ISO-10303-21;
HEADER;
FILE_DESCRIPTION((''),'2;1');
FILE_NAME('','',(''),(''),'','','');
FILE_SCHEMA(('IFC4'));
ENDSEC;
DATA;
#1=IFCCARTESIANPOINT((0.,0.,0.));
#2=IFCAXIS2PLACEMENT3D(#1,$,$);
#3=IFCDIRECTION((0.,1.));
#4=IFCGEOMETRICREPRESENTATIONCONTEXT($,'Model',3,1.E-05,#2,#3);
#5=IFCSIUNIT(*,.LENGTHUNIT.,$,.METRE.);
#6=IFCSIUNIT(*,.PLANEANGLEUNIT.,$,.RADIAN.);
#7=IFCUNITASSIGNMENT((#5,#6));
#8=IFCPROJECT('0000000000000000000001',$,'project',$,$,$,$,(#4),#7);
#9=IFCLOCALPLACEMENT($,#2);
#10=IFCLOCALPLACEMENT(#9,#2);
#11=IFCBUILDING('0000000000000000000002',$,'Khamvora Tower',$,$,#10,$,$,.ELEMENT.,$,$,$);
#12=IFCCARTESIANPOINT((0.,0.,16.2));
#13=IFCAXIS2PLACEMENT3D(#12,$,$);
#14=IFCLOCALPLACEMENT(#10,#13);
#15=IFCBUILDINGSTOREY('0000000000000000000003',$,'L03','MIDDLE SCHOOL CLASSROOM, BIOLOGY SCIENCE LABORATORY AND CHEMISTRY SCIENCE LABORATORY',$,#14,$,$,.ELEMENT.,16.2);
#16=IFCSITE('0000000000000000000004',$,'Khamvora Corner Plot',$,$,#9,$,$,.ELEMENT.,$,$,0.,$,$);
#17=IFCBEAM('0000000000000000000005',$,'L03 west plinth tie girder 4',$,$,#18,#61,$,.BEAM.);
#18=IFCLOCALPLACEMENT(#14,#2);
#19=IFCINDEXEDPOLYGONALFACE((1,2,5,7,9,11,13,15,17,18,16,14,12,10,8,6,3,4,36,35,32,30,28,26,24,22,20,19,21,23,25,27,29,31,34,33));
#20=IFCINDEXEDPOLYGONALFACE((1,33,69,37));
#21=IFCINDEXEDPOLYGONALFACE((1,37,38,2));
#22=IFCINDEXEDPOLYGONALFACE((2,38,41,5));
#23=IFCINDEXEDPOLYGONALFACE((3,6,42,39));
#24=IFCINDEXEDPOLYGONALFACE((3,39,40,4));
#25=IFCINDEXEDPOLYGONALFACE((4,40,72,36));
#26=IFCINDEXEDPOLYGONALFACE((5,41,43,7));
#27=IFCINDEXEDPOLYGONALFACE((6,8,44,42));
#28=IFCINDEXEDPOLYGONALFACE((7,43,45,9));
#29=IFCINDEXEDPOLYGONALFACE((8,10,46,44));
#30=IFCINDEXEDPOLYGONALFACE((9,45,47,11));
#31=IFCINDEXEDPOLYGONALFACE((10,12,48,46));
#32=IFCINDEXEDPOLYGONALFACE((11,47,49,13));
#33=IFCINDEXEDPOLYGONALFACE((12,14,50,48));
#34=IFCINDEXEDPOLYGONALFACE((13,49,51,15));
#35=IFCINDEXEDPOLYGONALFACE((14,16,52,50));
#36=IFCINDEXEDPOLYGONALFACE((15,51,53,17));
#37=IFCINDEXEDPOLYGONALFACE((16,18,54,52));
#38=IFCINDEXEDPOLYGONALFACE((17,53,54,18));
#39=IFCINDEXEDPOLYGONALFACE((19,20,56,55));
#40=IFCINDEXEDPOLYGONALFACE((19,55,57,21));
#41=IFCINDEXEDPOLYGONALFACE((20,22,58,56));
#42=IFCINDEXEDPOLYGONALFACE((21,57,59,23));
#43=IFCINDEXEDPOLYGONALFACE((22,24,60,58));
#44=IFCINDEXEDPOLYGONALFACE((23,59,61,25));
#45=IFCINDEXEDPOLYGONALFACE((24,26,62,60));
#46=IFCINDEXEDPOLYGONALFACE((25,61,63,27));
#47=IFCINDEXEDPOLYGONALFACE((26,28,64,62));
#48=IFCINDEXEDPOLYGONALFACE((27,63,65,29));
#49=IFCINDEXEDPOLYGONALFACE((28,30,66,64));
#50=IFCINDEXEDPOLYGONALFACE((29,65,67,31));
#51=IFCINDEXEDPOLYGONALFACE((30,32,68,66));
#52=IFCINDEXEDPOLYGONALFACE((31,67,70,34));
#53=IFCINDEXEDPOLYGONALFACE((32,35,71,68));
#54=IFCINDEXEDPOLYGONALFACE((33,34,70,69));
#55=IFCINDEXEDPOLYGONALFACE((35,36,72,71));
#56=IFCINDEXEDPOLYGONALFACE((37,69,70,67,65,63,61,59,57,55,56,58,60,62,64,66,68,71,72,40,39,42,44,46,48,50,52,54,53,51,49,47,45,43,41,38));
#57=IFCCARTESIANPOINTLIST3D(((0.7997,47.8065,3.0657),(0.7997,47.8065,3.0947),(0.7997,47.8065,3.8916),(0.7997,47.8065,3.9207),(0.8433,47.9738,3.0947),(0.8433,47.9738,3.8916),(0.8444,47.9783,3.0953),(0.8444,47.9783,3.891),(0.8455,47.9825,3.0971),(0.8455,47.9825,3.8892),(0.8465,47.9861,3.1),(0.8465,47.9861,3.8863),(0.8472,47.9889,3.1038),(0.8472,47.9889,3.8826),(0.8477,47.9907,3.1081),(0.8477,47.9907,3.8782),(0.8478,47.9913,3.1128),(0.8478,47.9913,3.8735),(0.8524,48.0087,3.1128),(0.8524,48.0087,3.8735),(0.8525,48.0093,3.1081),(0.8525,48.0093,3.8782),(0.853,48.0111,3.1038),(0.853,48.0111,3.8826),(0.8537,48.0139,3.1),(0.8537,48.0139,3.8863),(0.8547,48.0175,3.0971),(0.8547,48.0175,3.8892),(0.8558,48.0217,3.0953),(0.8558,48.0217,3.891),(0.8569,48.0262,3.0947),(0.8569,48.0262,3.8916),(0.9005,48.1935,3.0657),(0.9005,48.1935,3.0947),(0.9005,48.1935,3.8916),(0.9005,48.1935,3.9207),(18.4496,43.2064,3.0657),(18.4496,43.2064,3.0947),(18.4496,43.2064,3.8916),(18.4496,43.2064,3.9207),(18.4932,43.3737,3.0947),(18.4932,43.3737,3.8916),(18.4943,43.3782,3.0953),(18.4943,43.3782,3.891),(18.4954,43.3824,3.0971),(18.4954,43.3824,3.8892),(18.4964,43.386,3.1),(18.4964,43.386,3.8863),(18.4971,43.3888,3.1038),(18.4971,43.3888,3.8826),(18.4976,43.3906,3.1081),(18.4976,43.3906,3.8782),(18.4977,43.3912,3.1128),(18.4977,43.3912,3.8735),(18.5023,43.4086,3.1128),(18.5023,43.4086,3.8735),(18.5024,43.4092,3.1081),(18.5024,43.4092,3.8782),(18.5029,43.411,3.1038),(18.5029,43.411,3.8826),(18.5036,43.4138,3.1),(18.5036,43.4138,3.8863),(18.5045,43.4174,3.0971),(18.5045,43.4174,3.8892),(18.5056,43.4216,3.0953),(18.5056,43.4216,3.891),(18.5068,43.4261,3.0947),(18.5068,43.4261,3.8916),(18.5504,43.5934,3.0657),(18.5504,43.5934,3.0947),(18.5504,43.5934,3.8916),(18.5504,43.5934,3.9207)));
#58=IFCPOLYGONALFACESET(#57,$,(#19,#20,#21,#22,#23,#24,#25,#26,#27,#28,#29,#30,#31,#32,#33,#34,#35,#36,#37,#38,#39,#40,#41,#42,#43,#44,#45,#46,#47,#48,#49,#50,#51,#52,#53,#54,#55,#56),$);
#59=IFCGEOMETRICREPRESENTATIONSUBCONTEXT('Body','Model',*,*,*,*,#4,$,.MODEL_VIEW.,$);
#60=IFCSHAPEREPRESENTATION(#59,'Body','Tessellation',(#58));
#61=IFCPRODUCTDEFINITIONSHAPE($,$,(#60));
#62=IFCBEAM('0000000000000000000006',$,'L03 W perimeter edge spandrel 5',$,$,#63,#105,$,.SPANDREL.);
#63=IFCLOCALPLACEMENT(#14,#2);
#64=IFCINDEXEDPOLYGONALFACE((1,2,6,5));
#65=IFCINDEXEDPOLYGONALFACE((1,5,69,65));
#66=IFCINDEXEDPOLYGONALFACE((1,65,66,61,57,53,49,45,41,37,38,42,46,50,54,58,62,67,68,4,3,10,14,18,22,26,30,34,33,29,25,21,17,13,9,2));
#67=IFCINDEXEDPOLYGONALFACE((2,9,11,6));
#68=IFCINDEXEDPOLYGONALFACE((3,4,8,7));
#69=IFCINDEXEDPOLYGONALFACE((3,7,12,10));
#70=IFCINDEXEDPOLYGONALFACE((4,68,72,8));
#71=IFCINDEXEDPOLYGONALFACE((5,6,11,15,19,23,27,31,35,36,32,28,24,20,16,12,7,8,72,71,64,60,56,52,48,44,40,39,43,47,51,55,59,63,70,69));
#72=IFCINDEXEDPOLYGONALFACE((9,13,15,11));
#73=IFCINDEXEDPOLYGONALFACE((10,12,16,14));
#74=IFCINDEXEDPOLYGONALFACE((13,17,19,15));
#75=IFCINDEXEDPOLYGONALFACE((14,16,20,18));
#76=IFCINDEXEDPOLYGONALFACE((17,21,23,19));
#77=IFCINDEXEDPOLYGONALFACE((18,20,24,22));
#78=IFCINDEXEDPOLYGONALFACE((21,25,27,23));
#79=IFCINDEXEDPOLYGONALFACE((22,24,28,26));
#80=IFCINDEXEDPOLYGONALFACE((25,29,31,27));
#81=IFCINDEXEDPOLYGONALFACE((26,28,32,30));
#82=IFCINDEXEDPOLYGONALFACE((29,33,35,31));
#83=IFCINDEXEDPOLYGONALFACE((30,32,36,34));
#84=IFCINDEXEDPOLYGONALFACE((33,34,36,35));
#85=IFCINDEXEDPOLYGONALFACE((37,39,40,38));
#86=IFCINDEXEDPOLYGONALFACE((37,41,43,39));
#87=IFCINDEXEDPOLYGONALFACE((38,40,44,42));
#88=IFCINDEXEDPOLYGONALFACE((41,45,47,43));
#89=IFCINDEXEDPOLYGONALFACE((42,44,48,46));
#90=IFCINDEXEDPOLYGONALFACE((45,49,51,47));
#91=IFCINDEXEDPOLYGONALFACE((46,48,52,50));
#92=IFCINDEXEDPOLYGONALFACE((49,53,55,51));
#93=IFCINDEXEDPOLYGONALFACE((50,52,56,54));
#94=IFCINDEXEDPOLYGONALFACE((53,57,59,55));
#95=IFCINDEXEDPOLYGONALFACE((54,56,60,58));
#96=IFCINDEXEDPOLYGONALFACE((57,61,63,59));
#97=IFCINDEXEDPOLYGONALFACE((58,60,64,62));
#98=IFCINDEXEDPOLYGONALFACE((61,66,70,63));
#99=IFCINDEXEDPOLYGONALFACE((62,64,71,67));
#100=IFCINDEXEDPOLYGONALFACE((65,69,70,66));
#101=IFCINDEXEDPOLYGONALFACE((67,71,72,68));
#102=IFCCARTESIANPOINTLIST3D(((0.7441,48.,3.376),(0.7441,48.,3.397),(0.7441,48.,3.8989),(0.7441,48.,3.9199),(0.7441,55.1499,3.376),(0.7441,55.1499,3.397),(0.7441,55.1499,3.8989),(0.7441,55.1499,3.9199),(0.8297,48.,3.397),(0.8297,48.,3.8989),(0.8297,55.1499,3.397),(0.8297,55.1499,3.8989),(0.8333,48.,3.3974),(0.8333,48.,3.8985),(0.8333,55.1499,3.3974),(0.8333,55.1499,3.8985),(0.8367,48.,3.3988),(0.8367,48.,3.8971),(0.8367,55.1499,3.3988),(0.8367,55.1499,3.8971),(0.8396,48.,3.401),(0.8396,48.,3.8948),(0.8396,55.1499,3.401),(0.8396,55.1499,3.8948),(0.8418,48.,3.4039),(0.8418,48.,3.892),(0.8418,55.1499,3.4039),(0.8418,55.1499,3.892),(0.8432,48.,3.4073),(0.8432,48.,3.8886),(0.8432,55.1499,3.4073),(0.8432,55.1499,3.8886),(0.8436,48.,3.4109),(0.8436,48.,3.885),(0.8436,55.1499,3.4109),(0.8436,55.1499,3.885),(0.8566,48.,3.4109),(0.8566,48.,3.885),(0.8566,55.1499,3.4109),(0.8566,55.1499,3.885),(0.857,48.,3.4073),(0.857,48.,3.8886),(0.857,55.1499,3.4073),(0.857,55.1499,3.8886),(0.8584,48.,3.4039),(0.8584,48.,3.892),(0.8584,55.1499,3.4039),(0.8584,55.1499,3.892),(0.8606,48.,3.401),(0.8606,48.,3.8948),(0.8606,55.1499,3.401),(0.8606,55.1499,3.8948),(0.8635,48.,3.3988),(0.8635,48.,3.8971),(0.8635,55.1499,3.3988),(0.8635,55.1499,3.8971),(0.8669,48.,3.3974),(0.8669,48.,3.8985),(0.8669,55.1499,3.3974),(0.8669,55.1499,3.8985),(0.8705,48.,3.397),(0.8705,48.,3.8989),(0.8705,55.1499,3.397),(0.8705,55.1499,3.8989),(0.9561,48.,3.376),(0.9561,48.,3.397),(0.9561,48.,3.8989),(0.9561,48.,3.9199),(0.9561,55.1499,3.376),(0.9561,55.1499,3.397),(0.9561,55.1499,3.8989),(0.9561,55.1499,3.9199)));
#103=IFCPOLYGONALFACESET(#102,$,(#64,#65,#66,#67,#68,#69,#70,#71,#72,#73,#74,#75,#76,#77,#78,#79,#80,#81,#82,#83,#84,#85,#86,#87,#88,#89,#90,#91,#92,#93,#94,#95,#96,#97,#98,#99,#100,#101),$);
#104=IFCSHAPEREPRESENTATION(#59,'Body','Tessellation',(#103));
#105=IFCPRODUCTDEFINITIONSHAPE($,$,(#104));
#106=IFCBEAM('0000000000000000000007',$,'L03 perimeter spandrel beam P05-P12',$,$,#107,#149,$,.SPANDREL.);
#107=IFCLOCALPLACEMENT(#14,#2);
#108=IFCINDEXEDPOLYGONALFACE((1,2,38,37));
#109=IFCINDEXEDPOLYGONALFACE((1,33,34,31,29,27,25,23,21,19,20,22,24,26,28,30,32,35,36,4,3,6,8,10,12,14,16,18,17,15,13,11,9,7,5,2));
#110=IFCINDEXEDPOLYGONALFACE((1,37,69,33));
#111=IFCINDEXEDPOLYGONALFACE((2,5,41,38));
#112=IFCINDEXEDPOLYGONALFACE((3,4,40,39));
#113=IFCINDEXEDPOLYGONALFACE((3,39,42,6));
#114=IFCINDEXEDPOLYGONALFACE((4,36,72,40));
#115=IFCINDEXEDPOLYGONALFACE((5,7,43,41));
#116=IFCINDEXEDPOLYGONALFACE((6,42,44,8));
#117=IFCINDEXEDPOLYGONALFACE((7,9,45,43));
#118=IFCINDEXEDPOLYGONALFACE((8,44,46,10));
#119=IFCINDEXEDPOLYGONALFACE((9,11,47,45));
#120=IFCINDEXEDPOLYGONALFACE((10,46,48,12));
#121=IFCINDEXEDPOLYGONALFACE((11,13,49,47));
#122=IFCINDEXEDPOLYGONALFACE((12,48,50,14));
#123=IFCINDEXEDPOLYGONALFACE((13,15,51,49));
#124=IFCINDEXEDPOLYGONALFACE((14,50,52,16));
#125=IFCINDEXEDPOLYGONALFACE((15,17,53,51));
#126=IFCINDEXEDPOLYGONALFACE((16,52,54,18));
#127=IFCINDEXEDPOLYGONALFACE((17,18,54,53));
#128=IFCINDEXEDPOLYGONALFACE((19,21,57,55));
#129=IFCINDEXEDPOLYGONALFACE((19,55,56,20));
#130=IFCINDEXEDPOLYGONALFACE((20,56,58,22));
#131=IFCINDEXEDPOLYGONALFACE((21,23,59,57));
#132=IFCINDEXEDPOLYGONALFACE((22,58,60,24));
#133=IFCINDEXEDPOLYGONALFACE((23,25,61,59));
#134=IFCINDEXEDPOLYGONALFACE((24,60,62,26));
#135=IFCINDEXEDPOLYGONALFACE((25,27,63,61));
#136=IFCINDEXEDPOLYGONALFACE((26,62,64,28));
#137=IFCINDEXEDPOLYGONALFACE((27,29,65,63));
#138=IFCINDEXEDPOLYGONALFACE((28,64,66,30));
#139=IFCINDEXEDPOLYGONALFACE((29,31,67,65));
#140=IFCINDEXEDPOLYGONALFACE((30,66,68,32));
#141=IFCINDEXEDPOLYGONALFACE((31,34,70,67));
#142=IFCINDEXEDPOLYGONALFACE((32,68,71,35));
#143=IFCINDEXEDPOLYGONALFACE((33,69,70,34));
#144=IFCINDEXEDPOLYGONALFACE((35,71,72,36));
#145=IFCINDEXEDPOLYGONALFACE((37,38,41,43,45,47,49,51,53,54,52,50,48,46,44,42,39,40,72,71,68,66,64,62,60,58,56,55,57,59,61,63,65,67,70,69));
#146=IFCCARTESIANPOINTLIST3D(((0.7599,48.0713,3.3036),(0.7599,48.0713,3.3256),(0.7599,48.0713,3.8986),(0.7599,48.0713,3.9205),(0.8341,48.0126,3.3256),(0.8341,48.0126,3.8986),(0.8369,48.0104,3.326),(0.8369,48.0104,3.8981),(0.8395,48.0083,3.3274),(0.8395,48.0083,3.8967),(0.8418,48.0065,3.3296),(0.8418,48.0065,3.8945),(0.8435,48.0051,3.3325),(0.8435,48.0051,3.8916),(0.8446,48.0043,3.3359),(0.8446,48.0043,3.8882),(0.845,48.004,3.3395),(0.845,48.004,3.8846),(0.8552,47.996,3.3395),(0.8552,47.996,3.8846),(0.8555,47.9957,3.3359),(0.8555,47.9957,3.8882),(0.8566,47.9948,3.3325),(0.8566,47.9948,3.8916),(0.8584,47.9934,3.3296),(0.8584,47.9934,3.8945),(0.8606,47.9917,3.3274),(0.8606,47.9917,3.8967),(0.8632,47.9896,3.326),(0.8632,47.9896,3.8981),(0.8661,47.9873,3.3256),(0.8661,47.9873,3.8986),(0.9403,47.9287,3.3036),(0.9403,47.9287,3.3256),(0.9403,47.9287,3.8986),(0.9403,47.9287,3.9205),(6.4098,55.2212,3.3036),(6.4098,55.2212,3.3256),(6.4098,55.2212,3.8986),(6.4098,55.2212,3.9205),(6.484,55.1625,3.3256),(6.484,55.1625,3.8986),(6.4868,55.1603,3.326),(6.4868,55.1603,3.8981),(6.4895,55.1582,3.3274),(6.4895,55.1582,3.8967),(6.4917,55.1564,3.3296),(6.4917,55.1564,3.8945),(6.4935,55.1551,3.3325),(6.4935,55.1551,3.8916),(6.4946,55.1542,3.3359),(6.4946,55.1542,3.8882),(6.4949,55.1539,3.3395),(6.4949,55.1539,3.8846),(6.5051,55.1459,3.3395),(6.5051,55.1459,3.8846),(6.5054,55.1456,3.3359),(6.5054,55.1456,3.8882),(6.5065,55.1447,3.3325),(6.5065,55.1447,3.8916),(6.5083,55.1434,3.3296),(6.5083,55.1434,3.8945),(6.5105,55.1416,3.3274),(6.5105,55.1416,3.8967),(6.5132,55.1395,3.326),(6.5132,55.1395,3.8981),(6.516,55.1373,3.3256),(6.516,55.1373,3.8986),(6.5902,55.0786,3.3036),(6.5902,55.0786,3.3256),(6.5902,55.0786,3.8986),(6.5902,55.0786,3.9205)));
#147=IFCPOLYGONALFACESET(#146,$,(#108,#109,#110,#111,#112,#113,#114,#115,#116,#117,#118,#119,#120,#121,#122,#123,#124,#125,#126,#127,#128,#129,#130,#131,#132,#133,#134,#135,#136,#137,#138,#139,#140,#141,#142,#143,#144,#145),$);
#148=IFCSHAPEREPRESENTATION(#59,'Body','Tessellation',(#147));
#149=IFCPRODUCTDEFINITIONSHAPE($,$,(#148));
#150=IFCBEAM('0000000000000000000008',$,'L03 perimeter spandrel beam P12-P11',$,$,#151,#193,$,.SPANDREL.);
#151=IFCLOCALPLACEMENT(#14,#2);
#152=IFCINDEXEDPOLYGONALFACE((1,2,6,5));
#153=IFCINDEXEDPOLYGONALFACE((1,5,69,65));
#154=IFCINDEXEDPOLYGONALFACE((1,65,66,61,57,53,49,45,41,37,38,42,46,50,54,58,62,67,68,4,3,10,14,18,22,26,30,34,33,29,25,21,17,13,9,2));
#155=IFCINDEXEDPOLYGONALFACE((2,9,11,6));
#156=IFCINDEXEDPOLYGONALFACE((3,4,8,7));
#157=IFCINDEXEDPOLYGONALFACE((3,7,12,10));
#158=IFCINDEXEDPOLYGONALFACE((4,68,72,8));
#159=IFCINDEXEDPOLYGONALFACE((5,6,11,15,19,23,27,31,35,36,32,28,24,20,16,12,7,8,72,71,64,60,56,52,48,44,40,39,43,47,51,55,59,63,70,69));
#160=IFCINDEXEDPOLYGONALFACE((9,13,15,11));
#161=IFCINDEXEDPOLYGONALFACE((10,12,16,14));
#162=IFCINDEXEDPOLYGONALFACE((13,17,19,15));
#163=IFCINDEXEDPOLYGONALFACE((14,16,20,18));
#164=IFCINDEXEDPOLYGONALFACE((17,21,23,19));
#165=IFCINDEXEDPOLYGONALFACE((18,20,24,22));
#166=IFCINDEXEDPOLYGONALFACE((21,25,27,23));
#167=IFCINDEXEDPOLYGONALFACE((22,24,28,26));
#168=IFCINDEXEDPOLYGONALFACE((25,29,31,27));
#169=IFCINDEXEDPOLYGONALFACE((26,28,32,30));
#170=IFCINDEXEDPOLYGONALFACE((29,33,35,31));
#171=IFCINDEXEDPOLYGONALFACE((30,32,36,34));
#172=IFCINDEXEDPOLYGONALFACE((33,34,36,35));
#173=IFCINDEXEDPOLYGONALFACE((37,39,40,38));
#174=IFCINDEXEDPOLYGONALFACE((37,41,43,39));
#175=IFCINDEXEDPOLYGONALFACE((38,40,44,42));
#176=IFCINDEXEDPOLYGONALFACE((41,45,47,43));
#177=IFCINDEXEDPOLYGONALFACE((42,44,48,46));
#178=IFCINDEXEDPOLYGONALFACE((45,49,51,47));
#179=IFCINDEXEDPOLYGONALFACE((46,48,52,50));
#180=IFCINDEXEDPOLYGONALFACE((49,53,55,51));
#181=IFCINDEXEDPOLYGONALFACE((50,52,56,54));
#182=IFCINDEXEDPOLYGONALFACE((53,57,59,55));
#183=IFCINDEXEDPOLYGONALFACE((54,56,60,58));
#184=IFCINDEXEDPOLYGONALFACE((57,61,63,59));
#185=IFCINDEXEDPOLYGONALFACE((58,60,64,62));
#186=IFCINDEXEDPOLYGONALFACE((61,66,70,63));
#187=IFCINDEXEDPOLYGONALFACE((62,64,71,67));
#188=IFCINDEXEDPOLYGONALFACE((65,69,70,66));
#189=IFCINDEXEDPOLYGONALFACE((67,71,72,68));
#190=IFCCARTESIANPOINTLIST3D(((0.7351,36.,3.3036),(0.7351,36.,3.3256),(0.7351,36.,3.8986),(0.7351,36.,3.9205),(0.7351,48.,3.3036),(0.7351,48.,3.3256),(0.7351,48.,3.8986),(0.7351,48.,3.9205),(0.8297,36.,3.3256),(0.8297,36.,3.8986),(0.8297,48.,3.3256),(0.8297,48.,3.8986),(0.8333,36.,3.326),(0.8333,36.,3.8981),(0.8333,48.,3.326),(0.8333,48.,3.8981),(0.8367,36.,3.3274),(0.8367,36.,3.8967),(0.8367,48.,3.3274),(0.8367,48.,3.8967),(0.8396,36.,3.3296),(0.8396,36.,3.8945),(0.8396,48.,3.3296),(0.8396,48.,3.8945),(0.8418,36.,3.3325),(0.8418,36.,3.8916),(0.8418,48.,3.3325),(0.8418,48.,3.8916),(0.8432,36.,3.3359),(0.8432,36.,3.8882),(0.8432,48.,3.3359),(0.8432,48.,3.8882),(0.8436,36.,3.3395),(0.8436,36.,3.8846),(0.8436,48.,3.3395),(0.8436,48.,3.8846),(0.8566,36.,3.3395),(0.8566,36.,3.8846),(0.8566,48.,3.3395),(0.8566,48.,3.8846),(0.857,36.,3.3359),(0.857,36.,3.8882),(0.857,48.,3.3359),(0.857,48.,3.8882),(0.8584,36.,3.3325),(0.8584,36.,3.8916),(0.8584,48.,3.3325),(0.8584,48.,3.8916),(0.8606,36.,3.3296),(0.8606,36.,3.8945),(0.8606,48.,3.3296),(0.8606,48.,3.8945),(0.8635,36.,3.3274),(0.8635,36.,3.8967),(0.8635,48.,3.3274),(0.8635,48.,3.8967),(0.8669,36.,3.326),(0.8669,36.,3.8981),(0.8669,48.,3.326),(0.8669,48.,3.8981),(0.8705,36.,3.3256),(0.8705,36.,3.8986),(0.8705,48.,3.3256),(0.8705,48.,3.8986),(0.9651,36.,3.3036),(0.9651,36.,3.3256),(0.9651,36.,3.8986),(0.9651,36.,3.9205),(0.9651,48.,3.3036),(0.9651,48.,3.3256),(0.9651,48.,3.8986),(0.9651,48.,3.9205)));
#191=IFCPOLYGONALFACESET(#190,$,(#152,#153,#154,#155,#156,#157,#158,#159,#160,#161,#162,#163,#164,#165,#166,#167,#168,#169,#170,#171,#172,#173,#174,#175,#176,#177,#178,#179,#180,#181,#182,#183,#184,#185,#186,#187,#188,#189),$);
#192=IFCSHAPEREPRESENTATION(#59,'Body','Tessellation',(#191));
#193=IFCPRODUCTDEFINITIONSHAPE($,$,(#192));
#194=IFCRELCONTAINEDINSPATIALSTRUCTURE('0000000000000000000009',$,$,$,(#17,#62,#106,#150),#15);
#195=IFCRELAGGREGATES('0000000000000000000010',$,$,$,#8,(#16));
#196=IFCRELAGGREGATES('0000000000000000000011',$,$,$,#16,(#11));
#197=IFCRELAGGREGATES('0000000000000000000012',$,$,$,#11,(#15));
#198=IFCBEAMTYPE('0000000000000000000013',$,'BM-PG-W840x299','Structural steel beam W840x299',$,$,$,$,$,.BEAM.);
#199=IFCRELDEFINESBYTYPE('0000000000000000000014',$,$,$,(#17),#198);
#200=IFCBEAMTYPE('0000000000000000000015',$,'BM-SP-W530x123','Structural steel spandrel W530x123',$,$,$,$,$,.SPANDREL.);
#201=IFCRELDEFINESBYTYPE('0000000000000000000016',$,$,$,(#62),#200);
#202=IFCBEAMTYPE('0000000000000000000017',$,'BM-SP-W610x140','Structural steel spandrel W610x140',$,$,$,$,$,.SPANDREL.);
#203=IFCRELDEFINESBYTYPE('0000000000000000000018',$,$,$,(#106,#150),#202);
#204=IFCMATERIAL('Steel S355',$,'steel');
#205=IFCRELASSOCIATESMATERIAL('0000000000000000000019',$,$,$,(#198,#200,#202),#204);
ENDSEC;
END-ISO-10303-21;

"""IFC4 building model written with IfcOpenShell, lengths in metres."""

from ifc_helpers import new_model, si_unit, direction, frame, origin, origin_2d, place, context, subcontext, project, spatial, i_section, extrude, material, material_profile, profile_set, type_object, element, save


model = new_model("IFC4")

# Units and contexts
model_context = context("Model", 3, precision=1e-05, world=origin(), true_north=direction((0.0, 1.0)))
body_context = subcontext(model_context, "Body", "Model", "MODEL_VIEW")
ifc_project = project(units=[si_unit("LENGTHUNIT", "METRE"), si_unit("PLANEANGLEUNIT", "RADIAN")], contexts=[model_context])

# Site, building, storey
site_placement = place(None, origin())
site = spatial("IfcSite", under=ifc_project, at=site_placement, Name="Khamvora Corner Plot", CompositionType="ELEMENT", RefElevation=0.0)
building_placement = place(site_placement, origin())
building = spatial("IfcBuilding", under=site, at=building_placement, Name="Khamvora Tower", CompositionType="ELEMENT")
storey_placement = place(building_placement, frame((0.0, 0.0, 16.2)))
storey = spatial("IfcBuildingStorey", under=building, at=storey_placement, Name="L03", Description="MIDDLE SCHOOL CLASSROOM, BIOLOGY SCIENCE LABORATORY AND CHEMISTRY SCIENCE LABORATORY", CompositionType="ELEMENT", Elevation=16.2)

# Beams
ifc_material_1 = material(Name="Steel S355", Category="steel")
ifc_material_profile_1 = material_profile(ifc_material_1, i_section(OverallWidth=0.3999, OverallDepth=0.855, WebThickness=0.0181, FlangeThickness=0.0291, FilletRadius=0.0181, at=origin_2d()), Name="W840x299")
ifc_profile_set_1 = profile_set([ifc_material_profile_1], Name="Steel S355")
beam_type_1 = type_object("IfcBeamType", Name="BM-PG-W840x299", Description="Structural steel beam W840x299", PredefinedType="BEAM", material=ifc_profile_set_1)
beam_1_placement = place(storey_placement, frame((0.8501, 48.0, 3.4932), z_axis=(0.967674, -0.252205, 0.0), x_axis=(0.252205, 0.967674, 0.0)))
element("IfcBeam", 1, at=beam_1_placement, inside=storey, type_object=beam_type_1, Name="L03 west plinth tie girder 4", PredefinedType="BEAM", context=body_context, shape_type="SweptSolid", body=[
    extrude(i_section(OverallWidth=0.3999, OverallDepth=0.855, WebThickness=0.0181, FlangeThickness=0.0291, FilletRadius=0.0181, at=origin_2d()), origin(), (0.0, 0.0, 1.0), 18.2395),
])
ifc_material_profile_2 = material_profile(ifc_material_1, i_section(OverallWidth=0.2119, OverallDepth=0.5439, WebThickness=0.0129, FlangeThickness=0.021, FilletRadius=0.0139, at=origin_2d()), Name="W530x123")
ifc_profile_set_2 = profile_set([ifc_material_profile_2], Name="Steel S355")
beam_type_2 = type_object("IfcBeamType", Name="BM-SP-W530x123", Description="Structural steel spandrel W530x123", PredefinedType="SPANDREL", material=ifc_profile_set_2)
beam_2_placement = place(storey_placement, frame((0.8501, 48.0, 3.6479), z_axis=(0.0, 1.0, 0.0), x_axis=(-1.0, 0.0, 0.0)))
element("IfcBeam", 2, at=beam_2_placement, inside=storey, type_object=beam_type_2, Name="L03 W perimeter edge spandrel 5", PredefinedType="SPANDREL", context=body_context, shape_type="SweptSolid", body=[
    extrude(i_section(OverallWidth=0.2119, OverallDepth=0.5439, WebThickness=0.0129, FlangeThickness=0.021, FilletRadius=0.0139, at=origin_2d()), origin(), (0.0, 0.0, 1.0), 7.1499),
])
ifc_material_profile_3 = material_profile(ifc_material_1, i_section(OverallWidth=0.23, OverallDepth=0.6169, WebThickness=0.0129, FlangeThickness=0.022, FilletRadius=0.0139, at=origin_2d()), Name="W610x140")
ifc_profile_set_3 = profile_set([ifc_material_profile_3], Name="Steel S355")
beam_type_3 = type_object("IfcBeamType", Name="BM-SP-W610x140", Description="Structural steel spandrel W610x140", PredefinedType="SPANDREL", material=ifc_profile_set_3)
beam_3_placement = place(storey_placement, frame((6.5, 55.1499, 3.6121), z_axis=(-0.619999, -0.784603, 0.0), x_axis=(0.784603, -0.619999, 0.0)))
element("IfcBeam", 3, at=beam_3_placement, inside=storey, type_object=beam_type_3, Name="L03 perimeter spandrel beam P05-P12", PredefinedType="SPANDREL", context=body_context, shape_type="SweptSolid", body=[
    extrude(i_section(OverallWidth=0.23, OverallDepth=0.6169, WebThickness=0.0129, FlangeThickness=0.022, FilletRadius=0.0139, at=origin_2d()), origin(), (0.0, 0.0, 1.0), 9.1128),
])
beam_4_placement = place(storey_placement, frame((0.8501, 48.0, 3.6121), z_axis=(0.0, -1.0, 0.0), x_axis=(1.0, 0.0, 0.0)))
element("IfcBeam", 4, at=beam_4_placement, inside=storey, type_object=beam_type_3, Name="L03 perimeter spandrel beam P12-P11", PredefinedType="SPANDREL", context=body_context, shape_type="SweptSolid", body=[
    extrude(i_section(OverallWidth=0.23, OverallDepth=0.6169, WebThickness=0.0129, FlangeThickness=0.022, FilletRadius=0.0139, at=origin_2d()), origin(), (0.0, 0.0, 1.0), 12.0),
])

save(model, "model.ifc")
